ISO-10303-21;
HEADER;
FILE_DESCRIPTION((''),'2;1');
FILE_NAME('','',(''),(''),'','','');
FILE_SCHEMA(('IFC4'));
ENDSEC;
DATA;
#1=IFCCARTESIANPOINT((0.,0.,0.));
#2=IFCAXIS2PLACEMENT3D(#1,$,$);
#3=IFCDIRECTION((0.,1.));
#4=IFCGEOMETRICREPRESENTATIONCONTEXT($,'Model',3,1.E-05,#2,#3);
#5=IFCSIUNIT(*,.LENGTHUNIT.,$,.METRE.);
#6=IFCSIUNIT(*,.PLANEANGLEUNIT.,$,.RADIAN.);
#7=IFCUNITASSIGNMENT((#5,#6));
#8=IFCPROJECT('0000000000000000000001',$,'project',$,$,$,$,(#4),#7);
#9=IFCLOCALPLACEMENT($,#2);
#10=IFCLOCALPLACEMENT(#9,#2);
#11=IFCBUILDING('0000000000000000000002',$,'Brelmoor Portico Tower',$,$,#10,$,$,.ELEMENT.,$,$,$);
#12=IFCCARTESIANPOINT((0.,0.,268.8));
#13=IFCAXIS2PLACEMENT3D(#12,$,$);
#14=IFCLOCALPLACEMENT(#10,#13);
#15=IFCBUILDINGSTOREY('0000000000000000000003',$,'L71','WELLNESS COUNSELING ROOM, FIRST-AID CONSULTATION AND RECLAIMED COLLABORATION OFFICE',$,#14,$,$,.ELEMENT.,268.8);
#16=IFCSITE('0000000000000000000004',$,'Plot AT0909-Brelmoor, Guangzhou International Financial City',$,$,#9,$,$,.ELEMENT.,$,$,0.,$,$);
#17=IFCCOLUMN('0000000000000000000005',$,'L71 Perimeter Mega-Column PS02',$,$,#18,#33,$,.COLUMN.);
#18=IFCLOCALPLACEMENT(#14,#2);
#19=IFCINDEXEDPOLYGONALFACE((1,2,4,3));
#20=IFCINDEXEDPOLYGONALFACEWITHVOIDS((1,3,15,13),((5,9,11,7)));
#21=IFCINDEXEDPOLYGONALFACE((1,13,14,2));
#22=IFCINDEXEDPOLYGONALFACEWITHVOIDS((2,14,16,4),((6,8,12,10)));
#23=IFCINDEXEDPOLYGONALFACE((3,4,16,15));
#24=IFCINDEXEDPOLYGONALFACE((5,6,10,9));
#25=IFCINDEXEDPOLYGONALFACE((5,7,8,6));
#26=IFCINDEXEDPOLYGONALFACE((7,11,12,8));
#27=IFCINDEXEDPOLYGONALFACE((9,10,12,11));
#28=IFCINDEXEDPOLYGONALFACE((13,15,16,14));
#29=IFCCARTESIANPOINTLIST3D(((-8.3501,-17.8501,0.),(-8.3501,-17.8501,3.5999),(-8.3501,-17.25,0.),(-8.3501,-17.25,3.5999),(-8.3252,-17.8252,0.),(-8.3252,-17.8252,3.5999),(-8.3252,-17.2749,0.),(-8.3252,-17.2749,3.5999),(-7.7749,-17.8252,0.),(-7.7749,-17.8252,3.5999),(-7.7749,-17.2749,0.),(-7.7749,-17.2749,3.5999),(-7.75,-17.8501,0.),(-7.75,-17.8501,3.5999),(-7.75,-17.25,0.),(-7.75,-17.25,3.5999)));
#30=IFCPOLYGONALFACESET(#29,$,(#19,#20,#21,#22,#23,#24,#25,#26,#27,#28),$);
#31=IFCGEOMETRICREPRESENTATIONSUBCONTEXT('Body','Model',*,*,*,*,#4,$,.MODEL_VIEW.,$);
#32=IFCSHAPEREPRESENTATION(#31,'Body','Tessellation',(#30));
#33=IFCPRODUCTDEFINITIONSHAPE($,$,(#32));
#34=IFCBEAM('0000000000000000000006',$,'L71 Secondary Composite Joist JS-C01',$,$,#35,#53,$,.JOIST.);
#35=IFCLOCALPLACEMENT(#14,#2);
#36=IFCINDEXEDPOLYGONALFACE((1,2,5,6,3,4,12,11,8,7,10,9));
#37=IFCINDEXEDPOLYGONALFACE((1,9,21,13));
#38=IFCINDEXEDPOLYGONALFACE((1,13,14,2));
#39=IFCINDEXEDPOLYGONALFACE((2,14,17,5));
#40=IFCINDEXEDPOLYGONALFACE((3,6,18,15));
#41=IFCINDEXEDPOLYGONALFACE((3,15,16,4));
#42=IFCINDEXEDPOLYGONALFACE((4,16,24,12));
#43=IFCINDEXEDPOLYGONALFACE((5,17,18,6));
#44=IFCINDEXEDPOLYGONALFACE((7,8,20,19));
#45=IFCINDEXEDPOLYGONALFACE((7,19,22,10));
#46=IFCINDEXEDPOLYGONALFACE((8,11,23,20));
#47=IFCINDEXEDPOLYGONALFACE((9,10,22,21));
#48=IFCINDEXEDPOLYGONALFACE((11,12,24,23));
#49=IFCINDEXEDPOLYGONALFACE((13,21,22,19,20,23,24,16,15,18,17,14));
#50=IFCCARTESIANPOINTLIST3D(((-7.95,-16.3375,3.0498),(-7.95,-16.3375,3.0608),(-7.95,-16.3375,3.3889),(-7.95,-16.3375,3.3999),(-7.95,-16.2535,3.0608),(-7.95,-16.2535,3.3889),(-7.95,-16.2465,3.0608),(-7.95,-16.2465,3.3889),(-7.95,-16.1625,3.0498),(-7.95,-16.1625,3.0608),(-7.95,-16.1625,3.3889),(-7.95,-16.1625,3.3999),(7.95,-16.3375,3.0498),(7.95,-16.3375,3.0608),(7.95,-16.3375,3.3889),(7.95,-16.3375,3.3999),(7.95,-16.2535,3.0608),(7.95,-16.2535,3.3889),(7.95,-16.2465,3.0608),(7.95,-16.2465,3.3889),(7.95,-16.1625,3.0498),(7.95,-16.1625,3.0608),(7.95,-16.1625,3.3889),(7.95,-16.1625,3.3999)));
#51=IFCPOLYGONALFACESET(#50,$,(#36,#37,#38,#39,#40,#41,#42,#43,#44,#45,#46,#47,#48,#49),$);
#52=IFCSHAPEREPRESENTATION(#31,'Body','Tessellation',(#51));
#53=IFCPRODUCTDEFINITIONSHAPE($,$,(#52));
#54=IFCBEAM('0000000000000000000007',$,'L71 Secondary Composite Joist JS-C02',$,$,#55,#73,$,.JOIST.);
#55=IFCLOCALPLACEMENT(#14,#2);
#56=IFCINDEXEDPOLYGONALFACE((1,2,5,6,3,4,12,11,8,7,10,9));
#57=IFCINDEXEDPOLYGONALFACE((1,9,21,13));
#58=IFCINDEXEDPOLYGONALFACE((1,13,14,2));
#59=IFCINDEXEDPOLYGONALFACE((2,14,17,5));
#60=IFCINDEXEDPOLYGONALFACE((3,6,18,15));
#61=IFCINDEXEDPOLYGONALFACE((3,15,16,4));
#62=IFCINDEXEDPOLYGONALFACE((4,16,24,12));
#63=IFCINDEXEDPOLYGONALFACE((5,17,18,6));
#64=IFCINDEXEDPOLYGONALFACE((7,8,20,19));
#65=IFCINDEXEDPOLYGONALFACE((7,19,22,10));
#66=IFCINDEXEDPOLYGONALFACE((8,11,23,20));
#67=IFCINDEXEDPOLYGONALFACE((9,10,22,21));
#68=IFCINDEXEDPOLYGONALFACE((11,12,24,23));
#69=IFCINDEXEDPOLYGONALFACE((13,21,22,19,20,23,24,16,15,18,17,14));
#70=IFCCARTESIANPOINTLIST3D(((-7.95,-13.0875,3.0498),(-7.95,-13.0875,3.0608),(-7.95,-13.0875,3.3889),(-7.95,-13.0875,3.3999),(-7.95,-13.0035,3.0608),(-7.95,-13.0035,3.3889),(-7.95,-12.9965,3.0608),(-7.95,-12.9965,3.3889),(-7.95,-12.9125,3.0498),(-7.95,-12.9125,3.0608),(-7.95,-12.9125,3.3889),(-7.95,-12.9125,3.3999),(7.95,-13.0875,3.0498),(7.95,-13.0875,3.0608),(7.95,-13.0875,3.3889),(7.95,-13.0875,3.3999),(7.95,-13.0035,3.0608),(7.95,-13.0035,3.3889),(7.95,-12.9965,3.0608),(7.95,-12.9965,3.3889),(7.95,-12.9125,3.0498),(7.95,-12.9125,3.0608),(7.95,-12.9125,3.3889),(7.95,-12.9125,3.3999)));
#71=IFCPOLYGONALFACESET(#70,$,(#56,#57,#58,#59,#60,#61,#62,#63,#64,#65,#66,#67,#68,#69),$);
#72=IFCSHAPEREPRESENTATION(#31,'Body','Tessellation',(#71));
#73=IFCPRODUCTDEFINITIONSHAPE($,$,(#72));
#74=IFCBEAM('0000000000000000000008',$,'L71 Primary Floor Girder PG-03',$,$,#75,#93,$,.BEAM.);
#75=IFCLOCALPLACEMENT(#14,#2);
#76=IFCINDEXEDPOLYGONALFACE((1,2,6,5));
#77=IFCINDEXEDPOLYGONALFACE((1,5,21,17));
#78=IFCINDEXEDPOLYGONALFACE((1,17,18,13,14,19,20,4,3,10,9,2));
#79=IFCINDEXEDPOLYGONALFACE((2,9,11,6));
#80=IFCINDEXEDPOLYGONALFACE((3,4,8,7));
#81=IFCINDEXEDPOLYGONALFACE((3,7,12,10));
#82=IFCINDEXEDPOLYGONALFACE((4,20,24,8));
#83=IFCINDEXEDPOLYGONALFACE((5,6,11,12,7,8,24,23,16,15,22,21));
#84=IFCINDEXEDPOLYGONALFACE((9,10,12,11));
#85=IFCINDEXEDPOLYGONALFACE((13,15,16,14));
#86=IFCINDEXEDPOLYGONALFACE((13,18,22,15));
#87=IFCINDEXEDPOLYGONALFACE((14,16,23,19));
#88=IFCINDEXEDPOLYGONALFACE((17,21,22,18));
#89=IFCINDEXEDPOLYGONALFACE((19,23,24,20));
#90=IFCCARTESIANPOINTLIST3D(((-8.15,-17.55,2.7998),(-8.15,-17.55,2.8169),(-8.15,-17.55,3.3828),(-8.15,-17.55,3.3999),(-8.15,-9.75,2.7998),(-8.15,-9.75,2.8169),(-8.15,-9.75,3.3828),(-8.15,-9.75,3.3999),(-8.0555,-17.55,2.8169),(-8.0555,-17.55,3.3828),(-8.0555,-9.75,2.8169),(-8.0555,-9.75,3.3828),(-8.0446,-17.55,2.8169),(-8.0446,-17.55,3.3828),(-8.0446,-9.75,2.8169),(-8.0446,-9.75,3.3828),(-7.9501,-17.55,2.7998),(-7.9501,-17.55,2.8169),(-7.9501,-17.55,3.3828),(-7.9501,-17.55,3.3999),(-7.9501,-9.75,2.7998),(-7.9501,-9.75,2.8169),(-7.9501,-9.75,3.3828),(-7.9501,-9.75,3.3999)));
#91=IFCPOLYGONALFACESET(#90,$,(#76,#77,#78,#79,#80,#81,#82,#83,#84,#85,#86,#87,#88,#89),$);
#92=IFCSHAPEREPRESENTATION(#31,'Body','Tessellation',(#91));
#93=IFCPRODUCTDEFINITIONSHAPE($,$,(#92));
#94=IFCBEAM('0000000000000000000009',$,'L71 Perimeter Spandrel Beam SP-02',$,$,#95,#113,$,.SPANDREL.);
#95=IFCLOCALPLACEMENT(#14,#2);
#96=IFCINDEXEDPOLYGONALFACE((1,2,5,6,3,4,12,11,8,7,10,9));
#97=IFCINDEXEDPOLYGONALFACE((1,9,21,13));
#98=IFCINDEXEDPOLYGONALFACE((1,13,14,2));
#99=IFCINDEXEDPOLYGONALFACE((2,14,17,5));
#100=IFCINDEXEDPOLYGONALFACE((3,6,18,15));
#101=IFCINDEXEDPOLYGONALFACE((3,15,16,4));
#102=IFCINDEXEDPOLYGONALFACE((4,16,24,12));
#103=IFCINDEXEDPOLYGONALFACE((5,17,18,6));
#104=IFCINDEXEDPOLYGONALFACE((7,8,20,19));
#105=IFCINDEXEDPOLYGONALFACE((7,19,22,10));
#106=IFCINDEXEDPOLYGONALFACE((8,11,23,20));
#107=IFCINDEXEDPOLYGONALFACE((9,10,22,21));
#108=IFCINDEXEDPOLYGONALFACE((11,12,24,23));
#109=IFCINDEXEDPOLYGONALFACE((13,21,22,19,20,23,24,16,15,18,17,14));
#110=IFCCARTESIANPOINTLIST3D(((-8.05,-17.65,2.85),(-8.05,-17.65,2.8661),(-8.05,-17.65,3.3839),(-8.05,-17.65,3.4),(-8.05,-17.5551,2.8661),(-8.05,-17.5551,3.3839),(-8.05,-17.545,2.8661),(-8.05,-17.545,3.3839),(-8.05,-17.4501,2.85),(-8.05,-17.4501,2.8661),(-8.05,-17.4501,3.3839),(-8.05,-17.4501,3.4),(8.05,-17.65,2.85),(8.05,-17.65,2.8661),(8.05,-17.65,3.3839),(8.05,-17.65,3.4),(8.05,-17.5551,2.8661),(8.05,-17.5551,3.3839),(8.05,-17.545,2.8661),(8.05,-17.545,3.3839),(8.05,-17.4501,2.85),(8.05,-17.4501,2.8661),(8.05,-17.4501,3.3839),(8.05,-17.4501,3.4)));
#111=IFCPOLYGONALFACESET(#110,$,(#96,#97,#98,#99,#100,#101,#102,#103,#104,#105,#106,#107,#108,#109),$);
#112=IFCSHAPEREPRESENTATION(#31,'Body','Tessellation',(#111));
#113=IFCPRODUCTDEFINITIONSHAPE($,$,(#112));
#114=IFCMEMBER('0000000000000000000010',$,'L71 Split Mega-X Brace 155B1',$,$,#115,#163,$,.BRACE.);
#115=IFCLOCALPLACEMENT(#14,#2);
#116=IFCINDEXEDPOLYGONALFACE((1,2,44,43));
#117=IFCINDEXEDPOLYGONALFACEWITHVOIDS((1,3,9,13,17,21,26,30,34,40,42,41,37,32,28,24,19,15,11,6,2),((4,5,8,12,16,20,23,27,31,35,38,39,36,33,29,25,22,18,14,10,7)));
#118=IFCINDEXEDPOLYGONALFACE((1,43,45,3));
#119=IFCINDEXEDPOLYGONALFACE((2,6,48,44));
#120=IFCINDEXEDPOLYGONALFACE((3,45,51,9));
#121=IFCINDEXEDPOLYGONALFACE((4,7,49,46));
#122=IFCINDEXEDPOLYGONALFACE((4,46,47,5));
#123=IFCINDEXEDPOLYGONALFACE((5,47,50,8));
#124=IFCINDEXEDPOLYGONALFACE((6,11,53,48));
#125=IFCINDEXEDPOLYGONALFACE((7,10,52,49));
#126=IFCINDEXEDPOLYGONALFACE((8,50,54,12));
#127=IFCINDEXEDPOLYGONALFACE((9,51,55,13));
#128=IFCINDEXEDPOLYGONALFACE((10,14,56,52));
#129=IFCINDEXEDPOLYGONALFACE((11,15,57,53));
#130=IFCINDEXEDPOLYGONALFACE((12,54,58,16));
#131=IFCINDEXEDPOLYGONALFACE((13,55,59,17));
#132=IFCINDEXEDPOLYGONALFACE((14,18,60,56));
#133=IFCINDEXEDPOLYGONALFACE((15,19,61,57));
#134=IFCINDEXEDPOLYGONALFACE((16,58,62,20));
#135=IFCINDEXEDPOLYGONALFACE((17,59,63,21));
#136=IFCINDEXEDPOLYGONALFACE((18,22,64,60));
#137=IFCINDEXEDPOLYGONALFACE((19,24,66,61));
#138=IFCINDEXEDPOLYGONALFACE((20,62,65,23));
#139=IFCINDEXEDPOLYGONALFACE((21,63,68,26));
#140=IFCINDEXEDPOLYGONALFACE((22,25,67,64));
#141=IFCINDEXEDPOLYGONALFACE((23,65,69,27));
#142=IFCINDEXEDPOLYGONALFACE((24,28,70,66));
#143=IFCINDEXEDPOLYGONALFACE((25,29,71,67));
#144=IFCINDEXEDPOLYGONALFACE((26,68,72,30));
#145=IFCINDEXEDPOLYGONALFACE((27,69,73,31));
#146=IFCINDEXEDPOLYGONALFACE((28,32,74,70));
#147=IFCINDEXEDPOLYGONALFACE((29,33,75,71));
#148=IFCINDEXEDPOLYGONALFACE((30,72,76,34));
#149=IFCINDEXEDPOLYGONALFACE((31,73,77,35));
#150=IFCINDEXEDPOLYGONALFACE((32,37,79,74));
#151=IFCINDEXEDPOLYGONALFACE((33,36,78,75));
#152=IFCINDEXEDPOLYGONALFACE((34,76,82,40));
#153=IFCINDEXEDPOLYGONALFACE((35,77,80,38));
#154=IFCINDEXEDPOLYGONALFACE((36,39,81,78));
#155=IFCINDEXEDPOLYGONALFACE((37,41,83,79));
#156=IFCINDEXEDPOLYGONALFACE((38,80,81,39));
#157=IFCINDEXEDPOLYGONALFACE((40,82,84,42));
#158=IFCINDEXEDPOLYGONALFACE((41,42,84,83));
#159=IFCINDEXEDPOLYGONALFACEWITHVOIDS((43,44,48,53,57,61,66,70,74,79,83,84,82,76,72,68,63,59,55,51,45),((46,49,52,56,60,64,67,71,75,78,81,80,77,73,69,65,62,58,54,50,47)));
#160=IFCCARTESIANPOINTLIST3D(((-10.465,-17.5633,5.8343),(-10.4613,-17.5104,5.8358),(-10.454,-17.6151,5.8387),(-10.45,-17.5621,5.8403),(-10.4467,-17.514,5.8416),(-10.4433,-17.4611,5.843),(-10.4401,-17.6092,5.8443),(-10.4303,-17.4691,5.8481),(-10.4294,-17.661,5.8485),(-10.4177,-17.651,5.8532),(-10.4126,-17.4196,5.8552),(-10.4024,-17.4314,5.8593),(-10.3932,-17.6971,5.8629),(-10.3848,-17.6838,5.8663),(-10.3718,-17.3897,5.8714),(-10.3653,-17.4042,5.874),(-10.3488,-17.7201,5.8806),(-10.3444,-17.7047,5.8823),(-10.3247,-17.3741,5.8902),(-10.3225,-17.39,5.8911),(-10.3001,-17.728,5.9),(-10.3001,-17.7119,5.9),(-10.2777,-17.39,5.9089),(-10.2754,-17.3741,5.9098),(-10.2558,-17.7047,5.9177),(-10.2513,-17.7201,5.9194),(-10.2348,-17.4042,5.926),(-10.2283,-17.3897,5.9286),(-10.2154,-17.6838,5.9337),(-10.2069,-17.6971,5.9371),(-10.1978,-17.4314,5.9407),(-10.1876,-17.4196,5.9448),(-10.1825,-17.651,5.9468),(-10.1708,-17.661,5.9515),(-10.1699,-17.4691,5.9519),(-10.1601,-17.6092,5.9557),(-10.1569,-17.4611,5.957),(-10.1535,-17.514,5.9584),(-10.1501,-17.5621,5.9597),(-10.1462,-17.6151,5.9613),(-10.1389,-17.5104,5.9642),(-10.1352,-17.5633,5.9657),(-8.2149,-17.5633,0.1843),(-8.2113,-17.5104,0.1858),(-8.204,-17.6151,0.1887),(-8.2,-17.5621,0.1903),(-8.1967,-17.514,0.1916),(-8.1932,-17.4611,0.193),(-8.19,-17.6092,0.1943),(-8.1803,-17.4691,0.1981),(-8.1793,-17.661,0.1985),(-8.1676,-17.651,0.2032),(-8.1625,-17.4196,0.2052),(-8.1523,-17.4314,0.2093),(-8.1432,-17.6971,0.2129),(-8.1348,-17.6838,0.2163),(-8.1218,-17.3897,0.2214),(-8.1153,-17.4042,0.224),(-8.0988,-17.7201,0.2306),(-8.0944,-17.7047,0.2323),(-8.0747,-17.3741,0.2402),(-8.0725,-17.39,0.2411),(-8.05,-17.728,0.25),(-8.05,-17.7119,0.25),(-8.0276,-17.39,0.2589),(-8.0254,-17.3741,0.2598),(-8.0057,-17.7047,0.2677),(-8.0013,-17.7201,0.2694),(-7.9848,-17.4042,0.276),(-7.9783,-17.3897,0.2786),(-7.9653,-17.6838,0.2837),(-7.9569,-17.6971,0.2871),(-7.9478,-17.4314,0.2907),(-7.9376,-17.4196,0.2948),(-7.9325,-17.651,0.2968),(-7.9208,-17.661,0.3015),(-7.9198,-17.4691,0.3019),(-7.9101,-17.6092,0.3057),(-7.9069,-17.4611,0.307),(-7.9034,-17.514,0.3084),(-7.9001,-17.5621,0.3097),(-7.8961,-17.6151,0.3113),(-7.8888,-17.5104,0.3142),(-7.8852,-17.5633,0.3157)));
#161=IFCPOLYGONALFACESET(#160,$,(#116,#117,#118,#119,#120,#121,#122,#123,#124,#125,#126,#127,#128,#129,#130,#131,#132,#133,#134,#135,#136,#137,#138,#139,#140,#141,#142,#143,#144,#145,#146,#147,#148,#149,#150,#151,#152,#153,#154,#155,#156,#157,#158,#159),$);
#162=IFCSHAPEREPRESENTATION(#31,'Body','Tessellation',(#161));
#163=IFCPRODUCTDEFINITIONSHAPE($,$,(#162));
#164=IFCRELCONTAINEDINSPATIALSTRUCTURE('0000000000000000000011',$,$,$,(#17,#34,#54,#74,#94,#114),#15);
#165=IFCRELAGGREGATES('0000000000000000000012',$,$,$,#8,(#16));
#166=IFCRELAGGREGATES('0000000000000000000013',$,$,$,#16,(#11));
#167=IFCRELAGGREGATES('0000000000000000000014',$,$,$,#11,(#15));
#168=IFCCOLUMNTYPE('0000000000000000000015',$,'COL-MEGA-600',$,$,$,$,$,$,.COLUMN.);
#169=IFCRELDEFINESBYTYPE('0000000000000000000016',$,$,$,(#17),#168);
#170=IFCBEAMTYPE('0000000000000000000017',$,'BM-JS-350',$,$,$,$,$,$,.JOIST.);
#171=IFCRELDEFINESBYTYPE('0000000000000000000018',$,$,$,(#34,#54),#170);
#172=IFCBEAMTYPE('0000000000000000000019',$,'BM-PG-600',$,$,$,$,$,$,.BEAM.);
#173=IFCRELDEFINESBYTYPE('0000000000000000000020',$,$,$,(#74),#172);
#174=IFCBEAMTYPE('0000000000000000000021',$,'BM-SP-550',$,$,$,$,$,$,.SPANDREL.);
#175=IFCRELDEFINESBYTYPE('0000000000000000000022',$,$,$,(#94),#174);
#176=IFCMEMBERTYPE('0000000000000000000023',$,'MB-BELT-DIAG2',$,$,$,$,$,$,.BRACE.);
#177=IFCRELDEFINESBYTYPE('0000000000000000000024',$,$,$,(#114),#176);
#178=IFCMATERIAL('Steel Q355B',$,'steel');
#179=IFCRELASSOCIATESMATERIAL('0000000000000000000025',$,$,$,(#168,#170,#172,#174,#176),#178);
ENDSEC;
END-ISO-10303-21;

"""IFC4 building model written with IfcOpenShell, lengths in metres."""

from ifc_helpers import new_model, si_unit, direction, frame, origin, origin_2d, place, context, subcontext, project, spatial, hollow_rectangle, hollow_circle, i_section, extrude, material, material_profile, profile_set, type_object, element, save


model = new_model("IFC4")

# Units and contexts
model_context = context("Model", 3, precision=1e-05, world=origin(), true_north=direction((0.0, 1.0)))
body_context = subcontext(model_context, "Body", "Model", "MODEL_VIEW")
ifc_project = project(units=[si_unit("LENGTHUNIT", "METRE"), si_unit("PLANEANGLEUNIT", "RADIAN")], contexts=[model_context])

# Site, building, storey
site_placement = place(None, origin())
site = spatial("IfcSite", under=ifc_project, at=site_placement, Name="Plot AT0909-Brelmoor, Guangzhou International Financial City", CompositionType="ELEMENT", RefElevation=0.0)
building_placement = place(site_placement, origin())
building = spatial("IfcBuilding", under=site, at=building_placement, Name="Brelmoor Portico Tower", CompositionType="ELEMENT")
storey_placement = place(building_placement, frame((0.0, 0.0, 268.8)))
storey = spatial("IfcBuildingStorey", under=building, at=storey_placement, Name="L71", Description="WELLNESS COUNSELING ROOM, FIRST-AID CONSULTATION AND RECLAIMED COLLABORATION OFFICE", CompositionType="ELEMENT", Elevation=268.8)

# Column
ifc_material_1 = material(Name="Steel Q355B", Category="steel")
ifc_material_profile_1 = material_profile(ifc_material_1, hollow_rectangle(XDim=0.6001, YDim=0.6001, WallThickness=0.0249, at=origin_2d()), Name="BOX 600x600x25")
ifc_profile_set_1 = profile_set([ifc_material_profile_1], Name="Steel Q355B")
column_type = type_object("IfcColumnType", Name="COL-MEGA-600", PredefinedType="COLUMN", material=ifc_profile_set_1)
column_placement = place(storey_placement, frame((-8.05, -17.55, 0.0), z_axis=(0.0, 0.0, 1.0), x_axis=(1.0, 0.0, 0.0)))
element("IfcColumn", 1, at=column_placement, inside=storey, type_object=column_type, Name="L71 Perimeter Mega-Column PS02", PredefinedType="COLUMN", context=body_context, shape_type="SweptSolid", body=[
    extrude(hollow_rectangle(XDim=0.6001, YDim=0.6001, WallThickness=0.0249, at=origin_2d()), origin(), (0.0, 0.0, 1.0), 3.5999),
])

# Beams
ifc_material_profile_2 = material_profile(ifc_material_1, i_section(OverallWidth=0.175, OverallDepth=0.3501, WebThickness=0.0071, FlangeThickness=0.011, at=origin_2d()), Name="HN 350x175x7x11")
ifc_profile_set_2 = profile_set([ifc_material_profile_2], Name="Steel Q355B")
beam_type_1 = type_object("IfcBeamType", Name="BM-JS-350", PredefinedType="JOIST", material=ifc_profile_set_2)
for number, where, z_axis, x_axis, name in (
    (2, (-7.95, -16.25, 3.2249), (1.0, 0.0, 0.0), (0.0, 1.0, 0.0), "L71 Secondary Composite Joist JS-C01"),
    (3, (-7.95, -13.0, 3.2249), (1.0, 0.0, 0.0), (0.0, 1.0, 0.0), "L71 Secondary Composite Joist JS-C02"),
):
    element("IfcBeam", number, at=place(storey_placement, frame(where, z_axis=z_axis, x_axis=x_axis)), inside=storey, type_object=beam_type_1, Name=name, PredefinedType="JOIST", context=body_context, shape_type="SweptSolid", body=[
        extrude(i_section(OverallWidth=0.175, OverallDepth=0.3501, WebThickness=0.0071, FlangeThickness=0.011, at=origin_2d()), origin(), (0.0, 0.0, 1.0), 15.8999),
    ])
ifc_material_profile_3 = material_profile(ifc_material_1, i_section(OverallWidth=0.2, OverallDepth=0.6001, WebThickness=0.011, FlangeThickness=0.0171, at=origin_2d()), Name="HN 600x200x11x17")
ifc_profile_set_3 = profile_set([ifc_material_profile_3], Name="Steel Q355B")
beam_type_2 = type_object("IfcBeamType", Name="BM-PG-600", PredefinedType="BEAM", material=ifc_profile_set_3)
beam_1_placement = place(storey_placement, frame((-8.05, -17.55, 3.0999), z_axis=(0.0, 1.0, 0.0), x_axis=(-1.0, 0.0, 0.0)))
element("IfcBeam", 4, at=beam_1_placement, inside=storey, type_object=beam_type_2, Name="L71 Primary Floor Girder PG-03", PredefinedType="BEAM", context=body_context, shape_type="SweptSolid", body=[
    extrude(i_section(OverallWidth=0.2, OverallDepth=0.6001, WebThickness=0.011, FlangeThickness=0.0171, at=origin_2d()), origin(), (0.0, 0.0, 1.0), 7.8),
])
ifc_material_profile_4 = material_profile(ifc_material_1, i_section(OverallWidth=0.2, OverallDepth=0.55, WebThickness=0.01, FlangeThickness=0.0161, at=origin_2d()), Name="HN 550x200x10x16")
ifc_profile_set_4 = profile_set([ifc_material_profile_4], Name="Steel Q355B")
beam_type_3 = type_object("IfcBeamType", Name="BM-SP-550", PredefinedType="SPANDREL", material=ifc_profile_set_4)
beam_2_placement = place(storey_placement, frame((-8.05, -17.55, 3.125), z_axis=(1.0, 0.0, 0.0), x_axis=(0.0, 1.0, 0.0)))
element("IfcBeam", 5, at=beam_2_placement, inside=storey, type_object=beam_type_3, Name="L71 Perimeter Spandrel Beam SP-02", PredefinedType="SPANDREL", context=body_context, shape_type="SweptSolid", body=[
    extrude(i_section(OverallWidth=0.2, OverallDepth=0.55, WebThickness=0.01, FlangeThickness=0.0161, at=origin_2d()), origin(), (0.0, 0.0, 1.0), 16.1001),
])

# Member
ifc_material_profile_5 = material_profile(ifc_material_1, hollow_circle(Radius=0.178, WallThickness=0.0161, at=origin_2d()), Name="CHS 356x16")
ifc_profile_set_5 = profile_set([ifc_material_profile_5], Name="Steel Q355B")
member_type_1 = type_object("IfcMemberType", Name="MB-BELT-DIAG2", PredefinedType="BRACE", material=ifc_profile_set_5)
member_1_placement = place(storey_placement, frame((-8.05, -17.55, 0.25), z_axis=(-0.369978, 0.0, 0.92904), x_axis=(0.0, -1.0, 0.0)))
element("IfcMember", 6, at=member_1_placement, inside=storey, type_object=member_type_1, Name="L71 Split Mega-X Brace 155B1", PredefinedType="BRACE", context=body_context, shape_type="SweptSolid", body=[
    extrude(hollow_circle(Radius=0.178, WallThickness=0.0161, at=origin_2d()), origin(), (0.0, 0.0, 1.0), 6.0815),
])

save(model, "model.ifc")
